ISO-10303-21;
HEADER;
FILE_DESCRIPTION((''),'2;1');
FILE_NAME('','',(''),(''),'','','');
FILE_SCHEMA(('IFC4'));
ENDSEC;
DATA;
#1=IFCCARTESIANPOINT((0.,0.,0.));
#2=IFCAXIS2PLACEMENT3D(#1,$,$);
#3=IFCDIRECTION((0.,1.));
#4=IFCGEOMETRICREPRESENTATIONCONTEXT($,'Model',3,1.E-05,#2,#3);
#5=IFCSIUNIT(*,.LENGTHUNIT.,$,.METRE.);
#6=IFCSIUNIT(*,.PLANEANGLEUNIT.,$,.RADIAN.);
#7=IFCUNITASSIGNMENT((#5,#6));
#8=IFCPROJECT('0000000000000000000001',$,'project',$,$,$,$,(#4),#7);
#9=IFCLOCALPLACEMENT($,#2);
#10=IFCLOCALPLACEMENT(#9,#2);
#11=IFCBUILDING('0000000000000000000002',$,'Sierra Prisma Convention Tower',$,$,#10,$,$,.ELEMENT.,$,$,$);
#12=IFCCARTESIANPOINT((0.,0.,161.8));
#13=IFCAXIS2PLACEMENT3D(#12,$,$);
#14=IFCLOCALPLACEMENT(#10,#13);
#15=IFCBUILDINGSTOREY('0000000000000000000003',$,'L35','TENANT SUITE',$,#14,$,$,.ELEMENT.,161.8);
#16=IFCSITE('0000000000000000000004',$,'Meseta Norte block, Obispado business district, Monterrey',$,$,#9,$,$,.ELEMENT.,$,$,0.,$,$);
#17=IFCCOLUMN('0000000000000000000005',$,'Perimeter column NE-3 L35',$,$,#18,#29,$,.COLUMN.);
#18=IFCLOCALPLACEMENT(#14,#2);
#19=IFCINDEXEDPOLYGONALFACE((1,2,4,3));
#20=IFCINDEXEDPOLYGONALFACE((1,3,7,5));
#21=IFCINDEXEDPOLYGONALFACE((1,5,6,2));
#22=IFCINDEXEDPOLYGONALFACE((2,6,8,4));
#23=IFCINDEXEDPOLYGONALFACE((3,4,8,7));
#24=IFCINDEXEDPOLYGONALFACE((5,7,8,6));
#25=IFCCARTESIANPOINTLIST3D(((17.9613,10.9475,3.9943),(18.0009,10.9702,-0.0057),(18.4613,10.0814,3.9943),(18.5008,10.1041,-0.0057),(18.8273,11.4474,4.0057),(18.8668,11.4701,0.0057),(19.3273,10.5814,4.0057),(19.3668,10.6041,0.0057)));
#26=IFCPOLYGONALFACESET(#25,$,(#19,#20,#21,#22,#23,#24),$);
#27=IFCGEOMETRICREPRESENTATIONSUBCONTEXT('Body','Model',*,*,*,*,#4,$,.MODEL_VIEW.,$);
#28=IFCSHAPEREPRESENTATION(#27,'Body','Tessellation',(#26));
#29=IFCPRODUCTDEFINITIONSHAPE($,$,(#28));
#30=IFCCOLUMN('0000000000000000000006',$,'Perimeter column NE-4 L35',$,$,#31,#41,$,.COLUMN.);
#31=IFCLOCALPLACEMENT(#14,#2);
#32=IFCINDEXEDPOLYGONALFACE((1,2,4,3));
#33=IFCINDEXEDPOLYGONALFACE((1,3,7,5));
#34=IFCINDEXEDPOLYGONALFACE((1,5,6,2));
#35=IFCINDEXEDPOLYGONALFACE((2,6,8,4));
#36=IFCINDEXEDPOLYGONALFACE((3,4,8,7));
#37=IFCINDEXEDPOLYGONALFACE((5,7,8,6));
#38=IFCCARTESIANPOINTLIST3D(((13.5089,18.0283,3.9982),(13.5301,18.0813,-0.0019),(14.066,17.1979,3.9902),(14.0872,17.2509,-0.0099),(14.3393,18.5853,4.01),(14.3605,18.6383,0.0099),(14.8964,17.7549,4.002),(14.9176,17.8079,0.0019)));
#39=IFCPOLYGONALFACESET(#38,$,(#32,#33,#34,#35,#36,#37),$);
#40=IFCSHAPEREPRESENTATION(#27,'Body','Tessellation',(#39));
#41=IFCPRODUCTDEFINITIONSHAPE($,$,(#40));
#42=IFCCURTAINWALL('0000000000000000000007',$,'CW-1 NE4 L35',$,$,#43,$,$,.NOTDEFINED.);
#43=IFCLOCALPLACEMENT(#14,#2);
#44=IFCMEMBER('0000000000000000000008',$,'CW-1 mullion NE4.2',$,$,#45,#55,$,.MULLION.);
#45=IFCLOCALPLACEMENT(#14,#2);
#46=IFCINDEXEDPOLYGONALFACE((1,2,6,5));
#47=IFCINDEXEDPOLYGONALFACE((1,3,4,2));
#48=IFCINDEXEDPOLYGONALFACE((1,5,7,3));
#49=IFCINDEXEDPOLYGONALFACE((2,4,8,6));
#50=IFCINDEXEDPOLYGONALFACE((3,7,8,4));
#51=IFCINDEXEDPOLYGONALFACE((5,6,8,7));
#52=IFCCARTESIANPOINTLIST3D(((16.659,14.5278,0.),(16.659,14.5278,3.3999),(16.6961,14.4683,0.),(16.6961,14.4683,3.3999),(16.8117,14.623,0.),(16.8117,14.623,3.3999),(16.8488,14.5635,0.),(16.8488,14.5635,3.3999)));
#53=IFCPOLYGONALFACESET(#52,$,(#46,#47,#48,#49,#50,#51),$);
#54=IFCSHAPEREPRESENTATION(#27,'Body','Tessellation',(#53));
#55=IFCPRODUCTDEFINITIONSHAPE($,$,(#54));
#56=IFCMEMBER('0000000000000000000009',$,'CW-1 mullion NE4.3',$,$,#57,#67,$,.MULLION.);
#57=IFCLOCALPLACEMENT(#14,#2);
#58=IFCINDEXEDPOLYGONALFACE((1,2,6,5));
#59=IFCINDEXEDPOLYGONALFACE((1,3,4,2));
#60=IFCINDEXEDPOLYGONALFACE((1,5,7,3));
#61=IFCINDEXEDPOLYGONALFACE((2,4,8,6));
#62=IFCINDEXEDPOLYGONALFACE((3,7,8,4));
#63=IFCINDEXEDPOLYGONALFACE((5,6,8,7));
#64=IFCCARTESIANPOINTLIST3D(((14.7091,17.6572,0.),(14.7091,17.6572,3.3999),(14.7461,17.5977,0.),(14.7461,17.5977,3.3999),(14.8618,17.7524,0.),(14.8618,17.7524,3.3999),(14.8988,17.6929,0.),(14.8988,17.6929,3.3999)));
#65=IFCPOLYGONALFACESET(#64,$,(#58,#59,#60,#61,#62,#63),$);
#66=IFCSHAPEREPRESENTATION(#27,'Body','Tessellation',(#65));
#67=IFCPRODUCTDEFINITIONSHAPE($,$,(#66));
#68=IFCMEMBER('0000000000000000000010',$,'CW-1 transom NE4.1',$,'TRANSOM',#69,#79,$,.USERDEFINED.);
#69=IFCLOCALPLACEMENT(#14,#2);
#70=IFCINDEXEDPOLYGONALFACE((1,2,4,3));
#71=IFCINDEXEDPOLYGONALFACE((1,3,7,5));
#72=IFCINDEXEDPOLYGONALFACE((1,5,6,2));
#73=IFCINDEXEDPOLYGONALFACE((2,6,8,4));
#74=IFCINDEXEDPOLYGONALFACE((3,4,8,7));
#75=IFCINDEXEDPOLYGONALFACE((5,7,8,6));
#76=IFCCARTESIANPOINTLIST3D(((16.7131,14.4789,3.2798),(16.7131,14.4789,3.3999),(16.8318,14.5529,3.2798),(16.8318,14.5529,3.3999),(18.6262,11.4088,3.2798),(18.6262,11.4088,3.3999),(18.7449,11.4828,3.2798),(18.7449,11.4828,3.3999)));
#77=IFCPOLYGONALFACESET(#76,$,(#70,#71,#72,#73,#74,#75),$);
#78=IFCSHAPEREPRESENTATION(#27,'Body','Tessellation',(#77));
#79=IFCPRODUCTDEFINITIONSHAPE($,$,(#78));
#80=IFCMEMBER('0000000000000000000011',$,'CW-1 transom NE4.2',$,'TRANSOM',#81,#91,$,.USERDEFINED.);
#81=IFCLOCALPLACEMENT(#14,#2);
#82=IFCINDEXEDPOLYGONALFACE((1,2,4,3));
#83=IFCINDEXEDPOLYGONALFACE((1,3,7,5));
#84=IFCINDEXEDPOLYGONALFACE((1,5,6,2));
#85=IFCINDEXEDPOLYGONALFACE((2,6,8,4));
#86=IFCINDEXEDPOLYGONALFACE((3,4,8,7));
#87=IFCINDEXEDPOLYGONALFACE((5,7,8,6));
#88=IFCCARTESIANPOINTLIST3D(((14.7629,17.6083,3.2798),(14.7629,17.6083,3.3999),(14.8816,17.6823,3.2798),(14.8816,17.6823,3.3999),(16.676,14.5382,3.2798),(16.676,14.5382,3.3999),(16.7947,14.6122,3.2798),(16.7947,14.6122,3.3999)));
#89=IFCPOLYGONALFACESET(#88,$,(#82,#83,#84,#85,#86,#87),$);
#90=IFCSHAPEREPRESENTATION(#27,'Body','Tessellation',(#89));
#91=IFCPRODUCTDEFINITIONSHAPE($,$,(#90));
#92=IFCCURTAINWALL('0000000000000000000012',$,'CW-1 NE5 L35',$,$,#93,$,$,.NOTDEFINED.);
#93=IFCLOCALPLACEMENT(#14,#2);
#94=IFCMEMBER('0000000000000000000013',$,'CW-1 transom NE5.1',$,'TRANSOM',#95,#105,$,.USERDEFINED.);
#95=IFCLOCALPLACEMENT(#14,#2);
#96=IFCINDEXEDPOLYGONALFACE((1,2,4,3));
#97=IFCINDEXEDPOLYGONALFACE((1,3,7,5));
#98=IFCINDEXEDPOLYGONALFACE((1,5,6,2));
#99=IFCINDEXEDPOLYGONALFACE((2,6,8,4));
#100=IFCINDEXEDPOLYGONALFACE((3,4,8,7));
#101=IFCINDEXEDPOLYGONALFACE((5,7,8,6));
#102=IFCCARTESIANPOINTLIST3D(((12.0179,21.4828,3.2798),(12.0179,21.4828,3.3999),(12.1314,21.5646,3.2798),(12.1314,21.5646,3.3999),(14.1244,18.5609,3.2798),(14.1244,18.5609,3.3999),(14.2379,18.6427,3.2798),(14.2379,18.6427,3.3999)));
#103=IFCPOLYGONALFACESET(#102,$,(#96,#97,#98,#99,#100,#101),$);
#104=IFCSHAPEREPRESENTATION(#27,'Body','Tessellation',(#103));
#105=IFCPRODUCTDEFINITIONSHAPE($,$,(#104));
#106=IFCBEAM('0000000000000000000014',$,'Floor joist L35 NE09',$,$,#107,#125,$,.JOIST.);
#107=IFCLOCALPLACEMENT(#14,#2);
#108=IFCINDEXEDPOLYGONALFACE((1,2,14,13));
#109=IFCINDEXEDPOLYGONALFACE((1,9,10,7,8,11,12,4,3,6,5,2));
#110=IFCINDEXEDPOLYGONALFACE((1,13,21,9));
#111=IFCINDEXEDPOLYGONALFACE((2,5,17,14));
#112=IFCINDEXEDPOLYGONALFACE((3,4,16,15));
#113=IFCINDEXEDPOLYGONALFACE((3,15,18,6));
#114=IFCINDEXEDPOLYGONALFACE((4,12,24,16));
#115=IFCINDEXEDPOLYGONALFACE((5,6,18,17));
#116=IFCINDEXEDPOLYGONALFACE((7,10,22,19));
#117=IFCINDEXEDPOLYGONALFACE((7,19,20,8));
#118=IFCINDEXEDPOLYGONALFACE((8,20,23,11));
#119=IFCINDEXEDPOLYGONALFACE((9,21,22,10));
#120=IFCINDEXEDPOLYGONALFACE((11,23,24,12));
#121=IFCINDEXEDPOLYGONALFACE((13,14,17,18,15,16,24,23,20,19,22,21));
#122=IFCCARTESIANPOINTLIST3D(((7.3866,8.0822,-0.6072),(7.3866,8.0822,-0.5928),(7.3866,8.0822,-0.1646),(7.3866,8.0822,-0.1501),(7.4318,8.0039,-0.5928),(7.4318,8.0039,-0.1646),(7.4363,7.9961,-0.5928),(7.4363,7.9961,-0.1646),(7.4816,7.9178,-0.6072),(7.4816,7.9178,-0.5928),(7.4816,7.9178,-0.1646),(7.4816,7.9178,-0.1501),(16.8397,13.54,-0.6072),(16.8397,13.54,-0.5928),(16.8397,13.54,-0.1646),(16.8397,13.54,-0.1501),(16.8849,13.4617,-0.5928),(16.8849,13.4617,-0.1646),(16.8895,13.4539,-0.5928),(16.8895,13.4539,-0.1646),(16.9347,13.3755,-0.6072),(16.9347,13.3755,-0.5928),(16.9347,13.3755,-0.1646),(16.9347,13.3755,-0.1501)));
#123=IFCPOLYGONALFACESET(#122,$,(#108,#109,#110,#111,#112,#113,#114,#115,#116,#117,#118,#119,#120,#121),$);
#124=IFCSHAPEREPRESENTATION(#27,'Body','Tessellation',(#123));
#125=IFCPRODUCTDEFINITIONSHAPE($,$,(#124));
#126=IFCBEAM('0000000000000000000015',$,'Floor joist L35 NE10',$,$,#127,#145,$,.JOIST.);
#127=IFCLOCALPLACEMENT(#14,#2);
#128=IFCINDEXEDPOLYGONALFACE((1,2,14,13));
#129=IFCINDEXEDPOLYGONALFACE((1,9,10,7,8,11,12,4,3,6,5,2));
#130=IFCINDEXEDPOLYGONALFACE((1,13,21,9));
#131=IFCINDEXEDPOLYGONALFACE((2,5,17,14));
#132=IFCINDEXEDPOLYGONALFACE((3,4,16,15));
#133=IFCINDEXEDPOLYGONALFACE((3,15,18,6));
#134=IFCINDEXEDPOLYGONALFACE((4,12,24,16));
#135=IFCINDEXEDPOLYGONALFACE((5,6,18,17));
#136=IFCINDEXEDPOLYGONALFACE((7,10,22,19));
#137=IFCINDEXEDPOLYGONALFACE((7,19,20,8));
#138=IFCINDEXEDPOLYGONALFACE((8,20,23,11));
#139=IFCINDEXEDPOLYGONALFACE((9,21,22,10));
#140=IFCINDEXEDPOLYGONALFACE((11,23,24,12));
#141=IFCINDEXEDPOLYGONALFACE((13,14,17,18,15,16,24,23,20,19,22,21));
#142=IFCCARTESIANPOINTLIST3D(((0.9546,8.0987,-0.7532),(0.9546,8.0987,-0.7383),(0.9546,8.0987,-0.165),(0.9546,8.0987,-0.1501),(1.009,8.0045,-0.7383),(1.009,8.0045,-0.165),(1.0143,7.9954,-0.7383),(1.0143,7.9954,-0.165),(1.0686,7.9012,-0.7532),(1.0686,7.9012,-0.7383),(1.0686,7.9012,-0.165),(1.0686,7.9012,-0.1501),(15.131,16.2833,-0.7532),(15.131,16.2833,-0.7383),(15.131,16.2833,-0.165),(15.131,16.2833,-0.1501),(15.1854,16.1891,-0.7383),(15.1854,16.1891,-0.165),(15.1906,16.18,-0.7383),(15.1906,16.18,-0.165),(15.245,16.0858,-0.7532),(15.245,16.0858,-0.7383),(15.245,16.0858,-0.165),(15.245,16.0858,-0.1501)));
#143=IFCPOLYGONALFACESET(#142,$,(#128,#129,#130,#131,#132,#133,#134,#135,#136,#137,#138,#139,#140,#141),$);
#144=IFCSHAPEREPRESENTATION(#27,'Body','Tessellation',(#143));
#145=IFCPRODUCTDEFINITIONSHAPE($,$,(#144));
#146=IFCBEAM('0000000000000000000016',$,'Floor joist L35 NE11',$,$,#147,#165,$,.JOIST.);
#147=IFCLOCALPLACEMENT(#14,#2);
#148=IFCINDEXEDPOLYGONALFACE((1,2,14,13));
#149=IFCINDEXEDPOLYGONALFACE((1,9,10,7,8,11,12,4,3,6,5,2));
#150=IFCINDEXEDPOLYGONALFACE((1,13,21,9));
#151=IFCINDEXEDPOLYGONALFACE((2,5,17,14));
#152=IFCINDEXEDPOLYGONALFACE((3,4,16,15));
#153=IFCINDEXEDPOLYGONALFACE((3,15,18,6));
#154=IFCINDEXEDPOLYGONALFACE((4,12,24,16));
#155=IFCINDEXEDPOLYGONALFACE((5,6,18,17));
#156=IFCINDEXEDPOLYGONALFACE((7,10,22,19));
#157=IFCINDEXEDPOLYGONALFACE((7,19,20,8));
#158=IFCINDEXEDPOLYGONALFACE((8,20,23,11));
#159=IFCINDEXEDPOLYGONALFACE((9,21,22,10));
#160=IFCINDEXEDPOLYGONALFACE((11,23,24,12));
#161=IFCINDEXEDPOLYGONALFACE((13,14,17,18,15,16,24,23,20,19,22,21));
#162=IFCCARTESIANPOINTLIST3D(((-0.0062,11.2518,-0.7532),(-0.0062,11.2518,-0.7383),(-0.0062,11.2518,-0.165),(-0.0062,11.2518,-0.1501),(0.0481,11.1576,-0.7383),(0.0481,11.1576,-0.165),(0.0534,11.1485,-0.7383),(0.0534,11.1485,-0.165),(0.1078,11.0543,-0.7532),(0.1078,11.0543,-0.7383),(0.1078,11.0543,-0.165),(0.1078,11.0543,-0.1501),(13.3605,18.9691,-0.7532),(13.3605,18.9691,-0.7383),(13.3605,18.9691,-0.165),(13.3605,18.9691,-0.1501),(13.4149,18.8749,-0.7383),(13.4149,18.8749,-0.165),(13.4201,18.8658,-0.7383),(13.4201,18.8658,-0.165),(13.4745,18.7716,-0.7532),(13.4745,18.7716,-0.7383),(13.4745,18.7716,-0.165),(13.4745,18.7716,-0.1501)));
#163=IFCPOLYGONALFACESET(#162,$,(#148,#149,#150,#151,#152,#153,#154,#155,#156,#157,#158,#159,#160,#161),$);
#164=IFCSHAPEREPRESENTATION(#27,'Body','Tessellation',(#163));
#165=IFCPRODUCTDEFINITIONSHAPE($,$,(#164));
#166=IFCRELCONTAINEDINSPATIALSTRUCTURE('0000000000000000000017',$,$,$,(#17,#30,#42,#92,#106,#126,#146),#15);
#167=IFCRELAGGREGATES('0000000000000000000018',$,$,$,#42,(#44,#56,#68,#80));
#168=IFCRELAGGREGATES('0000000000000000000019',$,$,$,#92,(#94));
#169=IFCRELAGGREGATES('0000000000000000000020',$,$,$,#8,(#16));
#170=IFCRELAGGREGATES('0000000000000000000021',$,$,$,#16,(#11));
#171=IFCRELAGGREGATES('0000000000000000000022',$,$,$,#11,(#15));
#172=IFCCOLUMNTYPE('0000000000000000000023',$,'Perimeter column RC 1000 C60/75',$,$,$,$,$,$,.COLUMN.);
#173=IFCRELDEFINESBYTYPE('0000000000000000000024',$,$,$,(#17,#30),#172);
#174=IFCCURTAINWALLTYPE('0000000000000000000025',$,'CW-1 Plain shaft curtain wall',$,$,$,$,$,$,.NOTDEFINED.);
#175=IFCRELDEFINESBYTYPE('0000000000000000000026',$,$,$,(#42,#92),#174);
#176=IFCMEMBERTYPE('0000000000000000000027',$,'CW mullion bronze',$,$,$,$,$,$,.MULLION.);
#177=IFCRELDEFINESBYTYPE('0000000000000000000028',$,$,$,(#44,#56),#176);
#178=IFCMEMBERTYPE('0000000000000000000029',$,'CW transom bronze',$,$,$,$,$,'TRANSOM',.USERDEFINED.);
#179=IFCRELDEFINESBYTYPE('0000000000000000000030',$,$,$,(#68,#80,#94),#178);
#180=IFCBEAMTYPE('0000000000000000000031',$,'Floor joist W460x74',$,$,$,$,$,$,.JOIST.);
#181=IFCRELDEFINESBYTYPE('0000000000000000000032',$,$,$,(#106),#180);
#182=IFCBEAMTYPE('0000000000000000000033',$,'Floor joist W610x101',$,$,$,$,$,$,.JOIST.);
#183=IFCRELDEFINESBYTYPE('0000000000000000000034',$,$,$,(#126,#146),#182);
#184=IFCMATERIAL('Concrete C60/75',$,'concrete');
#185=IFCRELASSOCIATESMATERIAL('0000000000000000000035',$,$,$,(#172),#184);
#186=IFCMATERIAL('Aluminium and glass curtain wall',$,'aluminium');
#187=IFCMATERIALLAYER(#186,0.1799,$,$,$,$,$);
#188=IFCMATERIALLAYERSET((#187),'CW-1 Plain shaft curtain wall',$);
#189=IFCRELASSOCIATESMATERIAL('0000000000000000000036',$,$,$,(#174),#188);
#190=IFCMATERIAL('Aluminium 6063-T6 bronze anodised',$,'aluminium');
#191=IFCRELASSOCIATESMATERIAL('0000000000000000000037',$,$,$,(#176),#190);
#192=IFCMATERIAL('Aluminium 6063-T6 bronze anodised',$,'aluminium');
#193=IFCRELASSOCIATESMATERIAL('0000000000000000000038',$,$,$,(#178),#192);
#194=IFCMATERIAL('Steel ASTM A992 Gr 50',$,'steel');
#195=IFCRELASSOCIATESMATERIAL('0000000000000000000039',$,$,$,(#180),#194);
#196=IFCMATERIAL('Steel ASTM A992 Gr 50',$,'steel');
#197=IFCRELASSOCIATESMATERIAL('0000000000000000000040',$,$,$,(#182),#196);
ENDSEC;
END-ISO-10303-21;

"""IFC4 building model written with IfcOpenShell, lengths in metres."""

from ifc_helpers import new_model, si_unit, direction, frame, origin, origin_2d, place, context, subcontext, project, spatial, rectangle, i_section, extrude, material, layer, layer_set, material_profile, profile_set, type_object, element, aggregate, save


model = new_model("IFC4")

# Units and contexts
model_context = context("Model", 3, precision=1e-05, world=origin(), true_north=direction((0.0, 1.0)))
body_context = subcontext(model_context, "Body", "Model", "MODEL_VIEW")
ifc_project = project(units=[si_unit("LENGTHUNIT", "METRE"), si_unit("PLANEANGLEUNIT", "RADIAN")], contexts=[model_context])

# Site, building, storey
site_placement = place(None, origin())
site = spatial("IfcSite", under=ifc_project, at=site_placement, Name="Meseta Norte block, Obispado business district, Monterrey", CompositionType="ELEMENT", RefElevation=0.0)
building_placement = place(site_placement, origin())
building = spatial("IfcBuilding", under=site, at=building_placement, Name="Sierra Prisma Convention Tower", CompositionType="ELEMENT")
storey_placement = place(building_placement, frame((0.0, 0.0, 161.8)))
storey = spatial("IfcBuildingStorey", under=building, at=storey_placement, Name="L35", Description="TENANT SUITE", CompositionType="ELEMENT", Elevation=161.8)

# Columns
ifc_material_1 = material(Name="Concrete C60/75", Category="concrete")
ifc_material_profile_1 = material_profile(ifc_material_1, rectangle(XDim=1.0, YDim=1.0, at=origin_2d()), Name="Perimeter column RC 1000 C60/75")
ifc_profile_set_1 = profile_set([ifc_material_profile_1], Name="Concrete C60/75")
column_type = type_object("IfcColumnType", Name="Perimeter column RC 1000 C60/75", PredefinedType="COLUMN", material=ifc_profile_set_1)
column_1_placement = place(storey_placement, frame((18.6838, 10.7871, 0.0), z_axis=(-0.009887, -0.005676, 0.999935), x_axis=(-0.499976, 0.86604, -0.000028)))
element("IfcColumn", 1, at=column_1_placement, inside=storey, type_object=column_type, Name="Perimeter column NE-3 L35", PredefinedType="COLUMN", context=body_context, shape_type="SweptSolid", body=[
    extrude(rectangle(XDim=1.0, YDim=1.0, at=origin_2d()), origin(), (0.0, 0.0, 1.0), 4.0002),
])
column_2_placement = place(storey_placement, frame((14.2239, 17.9446, 0.0), z_axis=(-0.00531, -0.013243, 0.999898), x_axis=(-0.55713, 0.830386, 0.00804)))
element("IfcColumn", 2, at=column_2_placement, inside=storey, type_object=column_type, Name="Perimeter column NE-4 L35", PredefinedType="COLUMN", context=body_context, shape_type="SweptSolid", body=[
    extrude(rectangle(XDim=1.0, YDim=1.0, at=origin_2d()), origin(), (0.0, 0.0, 1.0), 4.0005),
])

# Curtain wall, members
ifc_material_2 = material(Name="Aluminium and glass curtain wall", Category="aluminium")
ifc_layer_1 = layer(ifc_material_2, 0.1799)
ifc_layer_set_1 = layer_set([ifc_layer_1], Name="CW-1 Plain shaft curtain wall")
curtain_wall_type = type_object("IfcCurtainWallType", Name="CW-1 Plain shaft curtain wall", PredefinedType="NOTDEFINED", material=ifc_layer_set_1)
curtain_wall_1_placement = place(storey_placement, origin())
curtain_wall_1 = element("IfcCurtainWall", 3, at=curtain_wall_1_placement, inside=storey, type_object=curtain_wall_type, Name="CW-1 NE4 L35", PredefinedType="NOTDEFINED")
ifc_material_3 = material(Name="Aluminium 6063-T6 bronze anodised", Category="aluminium")
ifc_material_profile_2 = material_profile(ifc_material_3, rectangle(XDim=0.1799, YDim=0.0701, at=origin_2d()), Name="ALU MULLION 70x180")
ifc_profile_set_2 = profile_set([ifc_material_profile_2], Name="Aluminium 6063-T6 bronze anodised")
member_type_1 = type_object("IfcMemberType", Name="CW mullion bronze", PredefinedType="MULLION", material=ifc_profile_set_2)
member_1_placement = place(storey_placement, frame((16.7539, 14.5457, 0.0), z_axis=(0.0, 0.0, 1.0), x_axis=(-0.848704, -0.528869, 0.0)))
member_1 = element("IfcMember", 4, at=member_1_placement, type_object=member_type_1, Name="CW-1 mullion NE4.2", PredefinedType="MULLION", context=body_context, shape_type="SweptSolid", body=[
    extrude(rectangle(XDim=0.1799, YDim=0.0701, at=origin_2d()), origin(), (0.0, 0.0, 1.0), 3.3999),
])
member_2_placement = place(storey_placement, frame((14.804, 17.675, 0.0), z_axis=(0.0, 0.0, 1.0), x_axis=(-0.848704, -0.528869, 0.0)))
member_2 = element("IfcMember", 5, at=member_2_placement, type_object=member_type_1, Name="CW-1 mullion NE4.3", PredefinedType="MULLION", context=body_context, shape_type="SweptSolid", body=[
    extrude(rectangle(XDim=0.1799, YDim=0.0701, at=origin_2d()), origin(), (0.0, 0.0, 1.0), 3.3999),
])
ifc_material_4 = material(Name="Aluminium 6063-T6 bronze anodised", Category="aluminium")
ifc_material_profile_3 = material_profile(ifc_material_4, rectangle(XDim=0.1399, YDim=0.1201, at=origin_2d()), Name="ALU TRANSOM 120x140")
ifc_profile_set_3 = profile_set([ifc_material_profile_3], Name="Aluminium 6063-T6 bronze anodised")
member_type_2 = type_object("IfcMemberType", Name="CW transom bronze", ElementType="TRANSOM", PredefinedType="USERDEFINED", material=ifc_profile_set_3)
member_3_placement = place(storey_placement, frame((18.6855, 11.4458, 3.3398), z_axis=(-0.528864, 0.848707, 0.0), x_axis=(-0.848707, -0.528864, 0.0)))
member_3 = element("IfcMember", 6, at=member_3_placement, type_object=member_type_2, Name="CW-1 transom NE4.1", ObjectType="TRANSOM", PredefinedType="USERDEFINED", context=body_context, shape_type="SweptSolid", body=[
    extrude(rectangle(XDim=0.1399, YDim=0.1201, at=origin_2d()), origin(), (0.0, 0.0, 1.0), 3.6174),
])
member_4_placement = place(storey_placement, frame((16.7354, 14.5752, 3.3398), z_axis=(-0.528864, 0.848707, 0.0), x_axis=(-0.848707, -0.528864, 0.0)))
member_4 = element("IfcMember", 7, at=member_4_placement, type_object=member_type_2, Name="CW-1 transom NE4.2", ObjectType="TRANSOM", PredefinedType="USERDEFINED", context=body_context, shape_type="SweptSolid", body=[
    extrude(rectangle(XDim=0.1399, YDim=0.1201, at=origin_2d()), origin(), (0.0, 0.0, 1.0), 3.6174),
])

# Curtain wall, member
curtain_wall_2_placement = place(storey_placement, origin())
curtain_wall_2 = element("IfcCurtainWall", 8, at=curtain_wall_2_placement, inside=storey, type_object=curtain_wall_type, Name="CW-1 NE5 L35", PredefinedType="NOTDEFINED")
member_5_placement = place(storey_placement, frame((14.1812, 18.6018, 3.3398), z_axis=(-0.584797, 0.811179, 0.0), x_axis=(-0.811179, -0.584797, 0.0)))
member_5 = element("IfcMember", 9, at=member_5_placement, type_object=member_type_2, Name="CW-1 transom NE5.1", ObjectType="TRANSOM", PredefinedType="USERDEFINED", context=body_context, shape_type="SweptSolid", body=[
    extrude(rectangle(XDim=0.1399, YDim=0.1201, at=origin_2d()), origin(), (0.0, 0.0, 1.0), 3.6021),
])

# Beams
ifc_material_5 = material(Name="Steel ASTM A992 Gr 50", Category="steel")
ifc_material_profile_4 = material_profile(ifc_material_5, i_section(OverallWidth=0.1899, OverallDepth=0.457, WebThickness=0.009, FlangeThickness=0.0144, at=origin_2d()), Name="W460x74")
ifc_profile_set_4 = profile_set([ifc_material_profile_4], Name="Steel ASTM A992 Gr 50")
beam_type_1 = type_object("IfcBeamType", Name="Floor joist W460x74", PredefinedType="JOIST", material=ifc_profile_set_4)
beam_1_placement = place(storey_placement, frame((16.8872, 13.4578, -0.3787), z_axis=(-0.866025, -0.5, 0.0), x_axis=(0.5, -0.866025, 0.0)))
element("IfcBeam", 10, at=beam_1_placement, inside=storey, type_object=beam_type_1, Name="Floor joist L35 NE09", PredefinedType="JOIST", context=body_context, shape_type="SweptSolid", body=[
    extrude(i_section(OverallWidth=0.1899, OverallDepth=0.457, WebThickness=0.009, FlangeThickness=0.0144, at=origin_2d()), origin(), (0.0, 0.0, 1.0), 10.9155),
])
ifc_material_6 = material(Name="Steel ASTM A992 Gr 50", Category="steel")
ifc_material_profile_5 = material_profile(ifc_material_6, i_section(OverallWidth=0.228, OverallDepth=0.603, WebThickness=0.0105, FlangeThickness=0.0149, at=origin_2d()), Name="W610x101")
ifc_profile_set_5 = profile_set([ifc_material_profile_5], Name="Steel ASTM A992 Gr 50")
beam_type_2 = type_object("IfcBeamType", Name="Floor joist W610x101", PredefinedType="JOIST", material=ifc_profile_set_5)
beam_2_placement = place(storey_placement, frame((15.188, 16.1846, -0.4517), z_axis=(-0.866028, -0.499995, 0.0), x_axis=(0.499995, -0.866028, 0.0)))
element("IfcBeam", 11, at=beam_2_placement, inside=storey, type_object=beam_type_2, Name="Floor joist L35 NE10", PredefinedType="JOIST", context=body_context, shape_type="SweptSolid", body=[
    extrude(i_section(OverallWidth=0.228, OverallDepth=0.603, WebThickness=0.0105, FlangeThickness=0.0149, at=origin_2d()), origin(), (0.0, 0.0, 1.0), 16.3694),
])
beam_3_placement = place(storey_placement, frame((13.4175, 18.8704, -0.4517), z_axis=(-0.866025, -0.500001, 0.0), x_axis=(0.500001, -0.866025, 0.0)))
element("IfcBeam", 12, at=beam_3_placement, inside=storey, type_object=beam_type_2, Name="Floor joist L35 NE11", PredefinedType="JOIST", context=body_context, shape_type="SweptSolid", body=[
    extrude(i_section(OverallWidth=0.228, OverallDepth=0.603, WebThickness=0.0105, FlangeThickness=0.0149, at=origin_2d()), origin(), (0.0, 0.0, 1.0), 15.4346),
])

aggregate(curtain_wall_1, [member_1, member_2, member_3, member_4])
aggregate(curtain_wall_2, [member_5])

save(model, "model.ifc")
